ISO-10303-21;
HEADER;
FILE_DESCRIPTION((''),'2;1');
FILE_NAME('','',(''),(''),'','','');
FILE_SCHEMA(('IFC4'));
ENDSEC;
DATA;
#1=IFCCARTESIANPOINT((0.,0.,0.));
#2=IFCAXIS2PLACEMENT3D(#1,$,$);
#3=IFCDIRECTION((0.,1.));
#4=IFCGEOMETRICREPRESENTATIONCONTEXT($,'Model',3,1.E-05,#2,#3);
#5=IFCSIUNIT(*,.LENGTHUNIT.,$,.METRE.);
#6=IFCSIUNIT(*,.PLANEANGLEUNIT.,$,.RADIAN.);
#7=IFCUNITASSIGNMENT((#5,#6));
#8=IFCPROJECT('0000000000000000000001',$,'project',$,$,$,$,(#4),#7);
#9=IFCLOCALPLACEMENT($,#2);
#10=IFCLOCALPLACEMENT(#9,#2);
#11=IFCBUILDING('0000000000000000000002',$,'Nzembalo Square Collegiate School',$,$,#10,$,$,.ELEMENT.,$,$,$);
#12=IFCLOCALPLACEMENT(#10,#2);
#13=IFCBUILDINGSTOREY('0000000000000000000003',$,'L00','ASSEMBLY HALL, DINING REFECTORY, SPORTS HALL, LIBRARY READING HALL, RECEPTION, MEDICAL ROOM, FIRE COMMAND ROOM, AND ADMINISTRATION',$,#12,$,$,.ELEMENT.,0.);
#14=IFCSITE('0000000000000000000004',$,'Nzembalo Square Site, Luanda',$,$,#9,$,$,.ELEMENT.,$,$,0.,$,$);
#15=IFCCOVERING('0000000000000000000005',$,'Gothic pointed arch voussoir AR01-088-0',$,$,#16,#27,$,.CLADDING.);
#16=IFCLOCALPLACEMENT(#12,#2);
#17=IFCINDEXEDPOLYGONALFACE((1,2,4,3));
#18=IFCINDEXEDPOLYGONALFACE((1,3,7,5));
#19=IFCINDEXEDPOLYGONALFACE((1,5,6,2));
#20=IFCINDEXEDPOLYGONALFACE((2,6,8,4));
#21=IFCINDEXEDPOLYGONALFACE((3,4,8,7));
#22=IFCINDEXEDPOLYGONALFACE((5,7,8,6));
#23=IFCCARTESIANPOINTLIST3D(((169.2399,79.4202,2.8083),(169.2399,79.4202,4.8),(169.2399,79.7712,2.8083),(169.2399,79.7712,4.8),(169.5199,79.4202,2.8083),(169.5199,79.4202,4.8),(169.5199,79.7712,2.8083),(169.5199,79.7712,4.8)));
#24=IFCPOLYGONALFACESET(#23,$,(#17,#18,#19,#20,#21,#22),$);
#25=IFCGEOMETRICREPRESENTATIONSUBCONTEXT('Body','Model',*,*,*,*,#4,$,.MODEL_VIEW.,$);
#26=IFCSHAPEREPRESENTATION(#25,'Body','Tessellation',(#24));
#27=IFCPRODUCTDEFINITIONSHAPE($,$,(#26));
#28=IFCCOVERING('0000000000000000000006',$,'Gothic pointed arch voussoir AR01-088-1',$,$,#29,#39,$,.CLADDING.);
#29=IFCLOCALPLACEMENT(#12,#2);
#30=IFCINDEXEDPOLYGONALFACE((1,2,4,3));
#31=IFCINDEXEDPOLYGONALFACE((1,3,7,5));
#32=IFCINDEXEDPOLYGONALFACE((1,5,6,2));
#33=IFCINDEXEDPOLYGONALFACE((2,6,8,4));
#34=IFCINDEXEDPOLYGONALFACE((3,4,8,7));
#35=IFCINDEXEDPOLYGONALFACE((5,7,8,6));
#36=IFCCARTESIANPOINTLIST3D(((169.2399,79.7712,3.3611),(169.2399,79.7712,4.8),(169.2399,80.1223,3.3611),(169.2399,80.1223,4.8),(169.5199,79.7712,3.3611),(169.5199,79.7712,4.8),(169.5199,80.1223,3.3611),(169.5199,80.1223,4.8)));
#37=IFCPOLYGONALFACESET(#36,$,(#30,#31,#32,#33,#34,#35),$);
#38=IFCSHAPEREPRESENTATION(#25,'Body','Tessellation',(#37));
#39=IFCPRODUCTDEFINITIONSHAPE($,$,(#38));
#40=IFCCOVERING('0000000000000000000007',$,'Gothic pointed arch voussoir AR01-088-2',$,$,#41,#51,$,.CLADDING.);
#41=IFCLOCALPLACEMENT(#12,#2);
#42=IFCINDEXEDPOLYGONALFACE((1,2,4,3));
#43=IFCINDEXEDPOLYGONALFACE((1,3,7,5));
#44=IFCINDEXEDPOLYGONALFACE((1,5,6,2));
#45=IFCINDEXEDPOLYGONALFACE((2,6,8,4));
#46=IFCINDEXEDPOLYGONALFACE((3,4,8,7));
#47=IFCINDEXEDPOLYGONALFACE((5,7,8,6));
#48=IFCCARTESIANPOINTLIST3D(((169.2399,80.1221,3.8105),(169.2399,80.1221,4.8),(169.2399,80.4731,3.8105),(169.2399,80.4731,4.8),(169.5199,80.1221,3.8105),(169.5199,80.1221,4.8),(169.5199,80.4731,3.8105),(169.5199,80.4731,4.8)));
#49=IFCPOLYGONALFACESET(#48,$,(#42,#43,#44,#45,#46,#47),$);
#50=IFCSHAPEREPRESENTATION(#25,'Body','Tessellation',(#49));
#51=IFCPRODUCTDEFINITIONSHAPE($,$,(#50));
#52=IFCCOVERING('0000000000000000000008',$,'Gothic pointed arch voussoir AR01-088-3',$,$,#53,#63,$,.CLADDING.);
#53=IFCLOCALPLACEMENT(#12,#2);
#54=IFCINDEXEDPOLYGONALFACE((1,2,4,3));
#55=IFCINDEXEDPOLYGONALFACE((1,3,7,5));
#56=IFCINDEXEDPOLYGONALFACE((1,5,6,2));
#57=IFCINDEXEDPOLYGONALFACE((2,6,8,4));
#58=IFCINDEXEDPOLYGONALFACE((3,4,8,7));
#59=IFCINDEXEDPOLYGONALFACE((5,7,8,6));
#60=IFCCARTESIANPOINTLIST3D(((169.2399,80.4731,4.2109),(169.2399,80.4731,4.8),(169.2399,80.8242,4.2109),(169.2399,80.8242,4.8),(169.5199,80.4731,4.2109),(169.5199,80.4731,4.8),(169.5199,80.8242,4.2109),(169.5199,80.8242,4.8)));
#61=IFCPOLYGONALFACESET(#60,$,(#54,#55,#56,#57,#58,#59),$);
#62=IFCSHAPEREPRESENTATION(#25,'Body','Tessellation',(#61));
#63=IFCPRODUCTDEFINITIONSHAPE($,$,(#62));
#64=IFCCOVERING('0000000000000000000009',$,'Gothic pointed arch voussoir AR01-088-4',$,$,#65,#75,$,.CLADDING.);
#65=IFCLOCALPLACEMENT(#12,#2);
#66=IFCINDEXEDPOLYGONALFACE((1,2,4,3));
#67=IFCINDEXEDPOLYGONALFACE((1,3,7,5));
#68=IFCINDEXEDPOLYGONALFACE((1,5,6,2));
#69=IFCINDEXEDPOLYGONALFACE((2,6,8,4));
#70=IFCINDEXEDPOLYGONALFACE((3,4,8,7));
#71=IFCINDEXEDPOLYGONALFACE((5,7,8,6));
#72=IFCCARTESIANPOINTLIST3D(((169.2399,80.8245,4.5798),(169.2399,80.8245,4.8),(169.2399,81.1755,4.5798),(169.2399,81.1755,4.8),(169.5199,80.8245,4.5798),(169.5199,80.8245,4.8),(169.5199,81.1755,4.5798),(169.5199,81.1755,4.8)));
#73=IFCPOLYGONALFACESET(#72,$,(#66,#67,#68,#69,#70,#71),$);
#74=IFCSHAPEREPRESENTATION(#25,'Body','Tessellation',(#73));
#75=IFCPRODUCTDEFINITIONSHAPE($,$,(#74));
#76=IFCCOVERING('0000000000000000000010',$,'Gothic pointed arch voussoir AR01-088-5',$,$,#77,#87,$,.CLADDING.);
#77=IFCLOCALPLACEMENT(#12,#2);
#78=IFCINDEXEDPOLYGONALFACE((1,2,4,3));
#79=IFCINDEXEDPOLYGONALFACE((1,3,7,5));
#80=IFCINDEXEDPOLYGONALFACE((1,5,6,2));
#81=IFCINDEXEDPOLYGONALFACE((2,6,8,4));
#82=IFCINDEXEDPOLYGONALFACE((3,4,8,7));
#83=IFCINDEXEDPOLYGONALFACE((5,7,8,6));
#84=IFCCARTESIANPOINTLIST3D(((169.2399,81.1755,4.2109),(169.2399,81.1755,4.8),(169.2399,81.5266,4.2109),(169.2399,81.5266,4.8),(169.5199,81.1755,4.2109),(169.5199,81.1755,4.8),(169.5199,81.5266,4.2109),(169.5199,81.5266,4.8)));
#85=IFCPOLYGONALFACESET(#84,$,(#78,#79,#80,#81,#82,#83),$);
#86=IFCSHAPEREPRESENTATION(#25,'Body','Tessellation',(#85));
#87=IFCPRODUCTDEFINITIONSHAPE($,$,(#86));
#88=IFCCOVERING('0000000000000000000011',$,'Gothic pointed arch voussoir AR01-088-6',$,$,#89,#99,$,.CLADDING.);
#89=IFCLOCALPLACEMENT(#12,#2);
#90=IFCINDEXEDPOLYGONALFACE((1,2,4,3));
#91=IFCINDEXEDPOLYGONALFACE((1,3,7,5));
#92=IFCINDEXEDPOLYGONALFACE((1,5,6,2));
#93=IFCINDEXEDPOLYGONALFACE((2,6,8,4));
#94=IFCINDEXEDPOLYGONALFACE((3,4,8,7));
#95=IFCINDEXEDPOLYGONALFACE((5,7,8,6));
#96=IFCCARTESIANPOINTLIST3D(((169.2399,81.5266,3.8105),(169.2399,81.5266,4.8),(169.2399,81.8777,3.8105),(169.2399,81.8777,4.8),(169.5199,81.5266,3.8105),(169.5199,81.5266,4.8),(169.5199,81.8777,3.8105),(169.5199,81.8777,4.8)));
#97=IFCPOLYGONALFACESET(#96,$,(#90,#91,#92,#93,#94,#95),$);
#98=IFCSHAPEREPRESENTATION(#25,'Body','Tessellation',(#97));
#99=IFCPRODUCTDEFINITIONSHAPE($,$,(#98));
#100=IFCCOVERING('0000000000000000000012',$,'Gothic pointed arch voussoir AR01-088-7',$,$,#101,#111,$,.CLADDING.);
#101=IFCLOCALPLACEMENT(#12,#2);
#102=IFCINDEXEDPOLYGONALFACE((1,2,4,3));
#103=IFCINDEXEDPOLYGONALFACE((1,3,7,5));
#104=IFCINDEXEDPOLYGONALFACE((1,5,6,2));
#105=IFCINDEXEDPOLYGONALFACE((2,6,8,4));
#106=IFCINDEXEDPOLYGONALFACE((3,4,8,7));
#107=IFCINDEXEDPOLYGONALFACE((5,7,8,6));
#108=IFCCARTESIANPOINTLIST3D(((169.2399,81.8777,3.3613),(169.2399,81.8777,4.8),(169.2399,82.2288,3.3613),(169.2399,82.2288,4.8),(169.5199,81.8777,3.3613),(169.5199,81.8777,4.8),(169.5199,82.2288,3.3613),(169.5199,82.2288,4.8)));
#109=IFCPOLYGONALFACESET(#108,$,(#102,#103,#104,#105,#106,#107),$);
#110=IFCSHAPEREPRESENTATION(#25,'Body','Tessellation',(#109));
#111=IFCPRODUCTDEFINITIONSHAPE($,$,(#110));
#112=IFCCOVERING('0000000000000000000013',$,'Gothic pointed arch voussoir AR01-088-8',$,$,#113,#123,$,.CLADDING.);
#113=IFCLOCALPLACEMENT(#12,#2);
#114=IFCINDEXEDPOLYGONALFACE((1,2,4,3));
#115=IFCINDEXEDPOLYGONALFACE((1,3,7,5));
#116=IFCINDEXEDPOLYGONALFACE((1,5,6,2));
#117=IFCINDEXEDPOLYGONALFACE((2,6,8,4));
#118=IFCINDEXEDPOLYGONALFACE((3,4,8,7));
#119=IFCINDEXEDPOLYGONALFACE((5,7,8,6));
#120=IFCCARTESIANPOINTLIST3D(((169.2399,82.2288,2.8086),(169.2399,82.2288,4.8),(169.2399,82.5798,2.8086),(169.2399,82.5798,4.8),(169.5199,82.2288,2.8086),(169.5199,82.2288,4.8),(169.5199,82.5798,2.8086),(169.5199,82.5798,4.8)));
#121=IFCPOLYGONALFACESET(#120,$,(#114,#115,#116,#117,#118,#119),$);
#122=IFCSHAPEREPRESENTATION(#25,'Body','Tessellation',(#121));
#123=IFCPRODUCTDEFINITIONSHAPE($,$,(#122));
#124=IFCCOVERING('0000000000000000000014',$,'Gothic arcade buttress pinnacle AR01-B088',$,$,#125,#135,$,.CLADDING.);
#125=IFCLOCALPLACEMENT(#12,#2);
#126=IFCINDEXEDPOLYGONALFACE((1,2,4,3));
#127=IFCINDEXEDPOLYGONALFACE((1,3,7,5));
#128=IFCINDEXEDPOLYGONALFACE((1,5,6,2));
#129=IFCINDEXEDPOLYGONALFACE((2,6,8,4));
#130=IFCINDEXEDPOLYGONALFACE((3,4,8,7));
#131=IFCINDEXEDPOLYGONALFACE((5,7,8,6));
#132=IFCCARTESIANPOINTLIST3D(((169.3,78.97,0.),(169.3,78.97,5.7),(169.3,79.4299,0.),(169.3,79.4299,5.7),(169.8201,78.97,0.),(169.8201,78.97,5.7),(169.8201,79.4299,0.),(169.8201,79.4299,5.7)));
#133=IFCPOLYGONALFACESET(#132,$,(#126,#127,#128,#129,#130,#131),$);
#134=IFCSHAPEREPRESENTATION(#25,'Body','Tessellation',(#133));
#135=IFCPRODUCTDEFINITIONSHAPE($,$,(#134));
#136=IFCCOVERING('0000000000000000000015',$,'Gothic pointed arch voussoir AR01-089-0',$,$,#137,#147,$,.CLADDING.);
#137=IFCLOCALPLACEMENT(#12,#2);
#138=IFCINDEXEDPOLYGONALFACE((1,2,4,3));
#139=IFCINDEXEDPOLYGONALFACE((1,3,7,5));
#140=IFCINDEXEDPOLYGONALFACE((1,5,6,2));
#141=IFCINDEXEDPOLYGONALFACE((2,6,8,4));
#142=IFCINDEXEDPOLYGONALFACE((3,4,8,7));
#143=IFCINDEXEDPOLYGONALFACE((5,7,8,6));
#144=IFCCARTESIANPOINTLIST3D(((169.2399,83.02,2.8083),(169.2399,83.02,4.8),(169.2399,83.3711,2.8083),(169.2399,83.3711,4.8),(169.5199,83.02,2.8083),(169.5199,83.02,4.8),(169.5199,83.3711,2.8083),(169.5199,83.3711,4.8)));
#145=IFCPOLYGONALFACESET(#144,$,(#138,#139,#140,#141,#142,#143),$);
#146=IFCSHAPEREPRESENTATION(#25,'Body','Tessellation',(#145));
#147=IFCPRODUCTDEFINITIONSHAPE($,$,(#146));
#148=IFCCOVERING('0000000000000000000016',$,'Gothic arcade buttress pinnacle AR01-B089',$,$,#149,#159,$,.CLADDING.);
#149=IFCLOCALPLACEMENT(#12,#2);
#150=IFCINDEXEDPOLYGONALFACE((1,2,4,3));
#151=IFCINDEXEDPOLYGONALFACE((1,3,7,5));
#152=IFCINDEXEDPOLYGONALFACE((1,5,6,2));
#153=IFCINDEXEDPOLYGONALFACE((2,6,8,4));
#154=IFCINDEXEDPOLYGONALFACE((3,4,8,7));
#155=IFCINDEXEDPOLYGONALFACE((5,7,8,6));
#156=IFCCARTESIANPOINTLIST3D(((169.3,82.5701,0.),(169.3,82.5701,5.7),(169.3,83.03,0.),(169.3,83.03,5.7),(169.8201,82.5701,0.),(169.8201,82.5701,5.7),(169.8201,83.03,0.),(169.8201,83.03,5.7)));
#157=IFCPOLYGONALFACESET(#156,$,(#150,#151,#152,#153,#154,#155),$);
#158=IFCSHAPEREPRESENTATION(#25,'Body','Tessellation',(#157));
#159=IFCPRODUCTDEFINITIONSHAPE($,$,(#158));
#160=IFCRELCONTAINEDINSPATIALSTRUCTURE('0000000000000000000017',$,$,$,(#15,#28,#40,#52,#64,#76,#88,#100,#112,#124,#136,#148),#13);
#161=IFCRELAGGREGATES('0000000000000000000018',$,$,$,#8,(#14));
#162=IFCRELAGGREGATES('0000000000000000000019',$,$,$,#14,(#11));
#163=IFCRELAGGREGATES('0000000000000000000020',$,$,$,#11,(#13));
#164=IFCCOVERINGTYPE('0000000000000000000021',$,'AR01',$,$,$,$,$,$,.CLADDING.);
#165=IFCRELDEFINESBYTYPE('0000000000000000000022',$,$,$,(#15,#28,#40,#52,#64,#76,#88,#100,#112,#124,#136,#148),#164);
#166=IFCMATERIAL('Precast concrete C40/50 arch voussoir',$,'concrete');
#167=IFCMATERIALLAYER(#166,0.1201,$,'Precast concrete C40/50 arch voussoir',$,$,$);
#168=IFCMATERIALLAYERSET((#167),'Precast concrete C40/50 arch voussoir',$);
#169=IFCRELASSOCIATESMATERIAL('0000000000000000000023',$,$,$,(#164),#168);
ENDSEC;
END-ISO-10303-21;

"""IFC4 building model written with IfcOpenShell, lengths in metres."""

from ifc_helpers import new_model, si_unit, direction, frame, origin, origin_2d, place, context, subcontext, project, spatial, rectangle, extrude, material, layer, layer_set, type_object, element, save


model = new_model("IFC4")

# Units and contexts
model_context = context("Model", 3, precision=1e-05, world=origin(), true_north=direction((0.0, 1.0)))
body_context = subcontext(model_context, "Body", "Model", "MODEL_VIEW")
ifc_project = project(units=[si_unit("LENGTHUNIT", "METRE"), si_unit("PLANEANGLEUNIT", "RADIAN")], contexts=[model_context])

# Site, building, storey
site_placement = place(None, origin())
site = spatial("IfcSite", under=ifc_project, at=site_placement, Name="Nzembalo Square Site, Luanda", CompositionType="ELEMENT", RefElevation=0.0)
building_placement = place(site_placement, origin())
building = spatial("IfcBuilding", under=site, at=building_placement, Name="Nzembalo Square Collegiate School", CompositionType="ELEMENT")
storey_placement = place(building_placement, origin())
storey = spatial("IfcBuildingStorey", under=building, at=storey_placement, Name="L00", Description="ASSEMBLY HALL, DINING REFECTORY, SPORTS HALL, LIBRARY READING HALL, RECEPTION, MEDICAL ROOM, FIRE COMMAND ROOM, AND ADMINISTRATION", CompositionType="ELEMENT", Elevation=0.0)

# Coverings
ifc_material_1 = material(Name="Precast concrete C40/50 arch voussoir", Category="concrete")
ifc_layer_1 = layer(ifc_material_1, 0.1201, Name="Precast concrete C40/50 arch voussoir")
ifc_layer_set_1 = layer_set([ifc_layer_1], Name="Precast concrete C40/50 arch voussoir")
covering_type = type_object("IfcCoveringType", Name="AR01", PredefinedType="CLADDING", material=ifc_layer_set_1)
covering_1_placement = place(storey_placement, frame((169.3799, 79.5957, 2.8083), z_axis=(0.0, 0.0, 1.0), x_axis=(1.0, 0.0, 0.0)))
element("IfcCovering", 1, at=covering_1_placement, inside=storey, type_object=covering_type, Name="Gothic pointed arch voussoir AR01-088-0", PredefinedType="CLADDING", context=body_context, shape_type="SweptSolid", body=[
    extrude(rectangle(XDim=0.28, YDim=0.3511, at=origin_2d()), origin(), (0.0, 0.0, 1.0), 1.9917),
])
covering_2_placement = place(storey_placement, frame((169.3799, 79.9468, 3.3611), z_axis=(0.0, 0.0, 1.0), x_axis=(1.0, 0.0, 0.0)))
element("IfcCovering", 2, at=covering_2_placement, inside=storey, type_object=covering_type, Name="Gothic pointed arch voussoir AR01-088-1", PredefinedType="CLADDING", context=body_context, shape_type="SweptSolid", body=[
    extrude(rectangle(XDim=0.28, YDim=0.3511, at=origin_2d()), origin(), (0.0, 0.0, 1.0), 1.439),
])
covering_3_placement = place(storey_placement, frame((169.3799, 80.2976, 3.8105), z_axis=(0.0, 0.0, 1.0), x_axis=(1.0, 0.0, 0.0)))
element("IfcCovering", 3, at=covering_3_placement, inside=storey, type_object=covering_type, Name="Gothic pointed arch voussoir AR01-088-2", PredefinedType="CLADDING", context=body_context, shape_type="SweptSolid", body=[
    extrude(rectangle(XDim=0.28, YDim=0.3511, at=origin_2d()), origin(), (0.0, 0.0, 1.0), 0.9895),
])
covering_4_placement = place(storey_placement, frame((169.3799, 80.6487, 4.2109), z_axis=(0.0, 0.0, 1.0), x_axis=(1.0, 0.0, 0.0)))
element("IfcCovering", 4, at=covering_4_placement, inside=storey, type_object=covering_type, Name="Gothic pointed arch voussoir AR01-088-3", PredefinedType="CLADDING", context=body_context, shape_type="SweptSolid", body=[
    extrude(rectangle(XDim=0.28, YDim=0.3511, at=origin_2d()), origin(), (0.0, 0.0, 1.0), 0.5891),
])
covering_5_placement = place(storey_placement, frame((169.3799, 81.0, 4.5798), z_axis=(0.0, 0.0, 1.0), x_axis=(1.0, 0.0, 0.0)))
element("IfcCovering", 5, at=covering_5_placement, inside=storey, type_object=covering_type, Name="Gothic pointed arch voussoir AR01-088-4", PredefinedType="CLADDING", context=body_context, shape_type="SweptSolid", body=[
    extrude(rectangle(XDim=0.28, YDim=0.3511, at=origin_2d()), origin(), (0.0, 0.0, 1.0), 0.2202),
])
covering_6_placement = place(storey_placement, frame((169.3799, 81.3511, 4.2109), z_axis=(0.0, 0.0, 1.0), x_axis=(1.0, 0.0, 0.0)))
element("IfcCovering", 6, at=covering_6_placement, inside=storey, type_object=covering_type, Name="Gothic pointed arch voussoir AR01-088-5", PredefinedType="CLADDING", context=body_context, shape_type="SweptSolid", body=[
    extrude(rectangle(XDim=0.28, YDim=0.3511, at=origin_2d()), origin(), (0.0, 0.0, 1.0), 0.5891),
])
covering_7_placement = place(storey_placement, frame((169.3799, 81.7021, 3.8105), z_axis=(0.0, 0.0, 1.0), x_axis=(1.0, 0.0, 0.0)))
element("IfcCovering", 7, at=covering_7_placement, inside=storey, type_object=covering_type, Name="Gothic pointed arch voussoir AR01-088-6", PredefinedType="CLADDING", context=body_context, shape_type="SweptSolid", body=[
    extrude(rectangle(XDim=0.28, YDim=0.3511, at=origin_2d()), origin(), (0.0, 0.0, 1.0), 0.9895),
])
covering_8_placement = place(storey_placement, frame((169.3799, 82.0532, 3.3613), z_axis=(0.0, 0.0, 1.0), x_axis=(1.0, 0.0, 0.0)))
element("IfcCovering", 8, at=covering_8_placement, inside=storey, type_object=covering_type, Name="Gothic pointed arch voussoir AR01-088-7", PredefinedType="CLADDING", context=body_context, shape_type="SweptSolid", body=[
    extrude(rectangle(XDim=0.28, YDim=0.3511, at=origin_2d()), origin(), (0.0, 0.0, 1.0), 1.4387),
])
covering_9_placement = place(storey_placement, frame((169.3799, 82.4043, 2.8086), z_axis=(0.0, 0.0, 1.0), x_axis=(1.0, 0.0, 0.0)))
element("IfcCovering", 9, at=covering_9_placement, inside=storey, type_object=covering_type, Name="Gothic pointed arch voussoir AR01-088-8", PredefinedType="CLADDING", context=body_context, shape_type="SweptSolid", body=[
    extrude(rectangle(XDim=0.28, YDim=0.3511, at=origin_2d()), origin(), (0.0, 0.0, 1.0), 1.9915),
])
covering_10_placement = place(storey_placement, frame((169.5601, 79.2, 0.0), z_axis=(0.0, 0.0, 1.0), x_axis=(1.0, 0.0, 0.0)))
element("IfcCovering", 10, at=covering_10_placement, inside=storey, type_object=covering_type, Name="Gothic arcade buttress pinnacle AR01-B088", PredefinedType="CLADDING", context=body_context, shape_type="SweptSolid", body=[
    extrude(rectangle(XDim=0.52, YDim=0.46, at=origin_2d()), origin(), (0.0, 0.0, 1.0), 5.7),
])
covering_11_placement = place(storey_placement, frame((169.3799, 83.1956, 2.8083), z_axis=(0.0, 0.0, 1.0), x_axis=(1.0, 0.0, 0.0)))
element("IfcCovering", 11, at=covering_11_placement, inside=storey, type_object=covering_type, Name="Gothic pointed arch voussoir AR01-089-0", PredefinedType="CLADDING", context=body_context, shape_type="SweptSolid", body=[
    extrude(rectangle(XDim=0.28, YDim=0.3511, at=origin_2d()), origin(), (0.0, 0.0, 1.0), 1.9917),
])
covering_12_placement = place(storey_placement, frame((169.5601, 82.8, 0.0), z_axis=(0.0, 0.0, 1.0), x_axis=(1.0, 0.0, 0.0)))
element("IfcCovering", 12, at=covering_12_placement, inside=storey, type_object=covering_type, Name="Gothic arcade buttress pinnacle AR01-B089", PredefinedType="CLADDING", context=body_context, shape_type="SweptSolid", body=[
    extrude(rectangle(XDim=0.52, YDim=0.46, at=origin_2d()), origin(), (0.0, 0.0, 1.0), 5.7),
])

save(model, "model.ifc")
